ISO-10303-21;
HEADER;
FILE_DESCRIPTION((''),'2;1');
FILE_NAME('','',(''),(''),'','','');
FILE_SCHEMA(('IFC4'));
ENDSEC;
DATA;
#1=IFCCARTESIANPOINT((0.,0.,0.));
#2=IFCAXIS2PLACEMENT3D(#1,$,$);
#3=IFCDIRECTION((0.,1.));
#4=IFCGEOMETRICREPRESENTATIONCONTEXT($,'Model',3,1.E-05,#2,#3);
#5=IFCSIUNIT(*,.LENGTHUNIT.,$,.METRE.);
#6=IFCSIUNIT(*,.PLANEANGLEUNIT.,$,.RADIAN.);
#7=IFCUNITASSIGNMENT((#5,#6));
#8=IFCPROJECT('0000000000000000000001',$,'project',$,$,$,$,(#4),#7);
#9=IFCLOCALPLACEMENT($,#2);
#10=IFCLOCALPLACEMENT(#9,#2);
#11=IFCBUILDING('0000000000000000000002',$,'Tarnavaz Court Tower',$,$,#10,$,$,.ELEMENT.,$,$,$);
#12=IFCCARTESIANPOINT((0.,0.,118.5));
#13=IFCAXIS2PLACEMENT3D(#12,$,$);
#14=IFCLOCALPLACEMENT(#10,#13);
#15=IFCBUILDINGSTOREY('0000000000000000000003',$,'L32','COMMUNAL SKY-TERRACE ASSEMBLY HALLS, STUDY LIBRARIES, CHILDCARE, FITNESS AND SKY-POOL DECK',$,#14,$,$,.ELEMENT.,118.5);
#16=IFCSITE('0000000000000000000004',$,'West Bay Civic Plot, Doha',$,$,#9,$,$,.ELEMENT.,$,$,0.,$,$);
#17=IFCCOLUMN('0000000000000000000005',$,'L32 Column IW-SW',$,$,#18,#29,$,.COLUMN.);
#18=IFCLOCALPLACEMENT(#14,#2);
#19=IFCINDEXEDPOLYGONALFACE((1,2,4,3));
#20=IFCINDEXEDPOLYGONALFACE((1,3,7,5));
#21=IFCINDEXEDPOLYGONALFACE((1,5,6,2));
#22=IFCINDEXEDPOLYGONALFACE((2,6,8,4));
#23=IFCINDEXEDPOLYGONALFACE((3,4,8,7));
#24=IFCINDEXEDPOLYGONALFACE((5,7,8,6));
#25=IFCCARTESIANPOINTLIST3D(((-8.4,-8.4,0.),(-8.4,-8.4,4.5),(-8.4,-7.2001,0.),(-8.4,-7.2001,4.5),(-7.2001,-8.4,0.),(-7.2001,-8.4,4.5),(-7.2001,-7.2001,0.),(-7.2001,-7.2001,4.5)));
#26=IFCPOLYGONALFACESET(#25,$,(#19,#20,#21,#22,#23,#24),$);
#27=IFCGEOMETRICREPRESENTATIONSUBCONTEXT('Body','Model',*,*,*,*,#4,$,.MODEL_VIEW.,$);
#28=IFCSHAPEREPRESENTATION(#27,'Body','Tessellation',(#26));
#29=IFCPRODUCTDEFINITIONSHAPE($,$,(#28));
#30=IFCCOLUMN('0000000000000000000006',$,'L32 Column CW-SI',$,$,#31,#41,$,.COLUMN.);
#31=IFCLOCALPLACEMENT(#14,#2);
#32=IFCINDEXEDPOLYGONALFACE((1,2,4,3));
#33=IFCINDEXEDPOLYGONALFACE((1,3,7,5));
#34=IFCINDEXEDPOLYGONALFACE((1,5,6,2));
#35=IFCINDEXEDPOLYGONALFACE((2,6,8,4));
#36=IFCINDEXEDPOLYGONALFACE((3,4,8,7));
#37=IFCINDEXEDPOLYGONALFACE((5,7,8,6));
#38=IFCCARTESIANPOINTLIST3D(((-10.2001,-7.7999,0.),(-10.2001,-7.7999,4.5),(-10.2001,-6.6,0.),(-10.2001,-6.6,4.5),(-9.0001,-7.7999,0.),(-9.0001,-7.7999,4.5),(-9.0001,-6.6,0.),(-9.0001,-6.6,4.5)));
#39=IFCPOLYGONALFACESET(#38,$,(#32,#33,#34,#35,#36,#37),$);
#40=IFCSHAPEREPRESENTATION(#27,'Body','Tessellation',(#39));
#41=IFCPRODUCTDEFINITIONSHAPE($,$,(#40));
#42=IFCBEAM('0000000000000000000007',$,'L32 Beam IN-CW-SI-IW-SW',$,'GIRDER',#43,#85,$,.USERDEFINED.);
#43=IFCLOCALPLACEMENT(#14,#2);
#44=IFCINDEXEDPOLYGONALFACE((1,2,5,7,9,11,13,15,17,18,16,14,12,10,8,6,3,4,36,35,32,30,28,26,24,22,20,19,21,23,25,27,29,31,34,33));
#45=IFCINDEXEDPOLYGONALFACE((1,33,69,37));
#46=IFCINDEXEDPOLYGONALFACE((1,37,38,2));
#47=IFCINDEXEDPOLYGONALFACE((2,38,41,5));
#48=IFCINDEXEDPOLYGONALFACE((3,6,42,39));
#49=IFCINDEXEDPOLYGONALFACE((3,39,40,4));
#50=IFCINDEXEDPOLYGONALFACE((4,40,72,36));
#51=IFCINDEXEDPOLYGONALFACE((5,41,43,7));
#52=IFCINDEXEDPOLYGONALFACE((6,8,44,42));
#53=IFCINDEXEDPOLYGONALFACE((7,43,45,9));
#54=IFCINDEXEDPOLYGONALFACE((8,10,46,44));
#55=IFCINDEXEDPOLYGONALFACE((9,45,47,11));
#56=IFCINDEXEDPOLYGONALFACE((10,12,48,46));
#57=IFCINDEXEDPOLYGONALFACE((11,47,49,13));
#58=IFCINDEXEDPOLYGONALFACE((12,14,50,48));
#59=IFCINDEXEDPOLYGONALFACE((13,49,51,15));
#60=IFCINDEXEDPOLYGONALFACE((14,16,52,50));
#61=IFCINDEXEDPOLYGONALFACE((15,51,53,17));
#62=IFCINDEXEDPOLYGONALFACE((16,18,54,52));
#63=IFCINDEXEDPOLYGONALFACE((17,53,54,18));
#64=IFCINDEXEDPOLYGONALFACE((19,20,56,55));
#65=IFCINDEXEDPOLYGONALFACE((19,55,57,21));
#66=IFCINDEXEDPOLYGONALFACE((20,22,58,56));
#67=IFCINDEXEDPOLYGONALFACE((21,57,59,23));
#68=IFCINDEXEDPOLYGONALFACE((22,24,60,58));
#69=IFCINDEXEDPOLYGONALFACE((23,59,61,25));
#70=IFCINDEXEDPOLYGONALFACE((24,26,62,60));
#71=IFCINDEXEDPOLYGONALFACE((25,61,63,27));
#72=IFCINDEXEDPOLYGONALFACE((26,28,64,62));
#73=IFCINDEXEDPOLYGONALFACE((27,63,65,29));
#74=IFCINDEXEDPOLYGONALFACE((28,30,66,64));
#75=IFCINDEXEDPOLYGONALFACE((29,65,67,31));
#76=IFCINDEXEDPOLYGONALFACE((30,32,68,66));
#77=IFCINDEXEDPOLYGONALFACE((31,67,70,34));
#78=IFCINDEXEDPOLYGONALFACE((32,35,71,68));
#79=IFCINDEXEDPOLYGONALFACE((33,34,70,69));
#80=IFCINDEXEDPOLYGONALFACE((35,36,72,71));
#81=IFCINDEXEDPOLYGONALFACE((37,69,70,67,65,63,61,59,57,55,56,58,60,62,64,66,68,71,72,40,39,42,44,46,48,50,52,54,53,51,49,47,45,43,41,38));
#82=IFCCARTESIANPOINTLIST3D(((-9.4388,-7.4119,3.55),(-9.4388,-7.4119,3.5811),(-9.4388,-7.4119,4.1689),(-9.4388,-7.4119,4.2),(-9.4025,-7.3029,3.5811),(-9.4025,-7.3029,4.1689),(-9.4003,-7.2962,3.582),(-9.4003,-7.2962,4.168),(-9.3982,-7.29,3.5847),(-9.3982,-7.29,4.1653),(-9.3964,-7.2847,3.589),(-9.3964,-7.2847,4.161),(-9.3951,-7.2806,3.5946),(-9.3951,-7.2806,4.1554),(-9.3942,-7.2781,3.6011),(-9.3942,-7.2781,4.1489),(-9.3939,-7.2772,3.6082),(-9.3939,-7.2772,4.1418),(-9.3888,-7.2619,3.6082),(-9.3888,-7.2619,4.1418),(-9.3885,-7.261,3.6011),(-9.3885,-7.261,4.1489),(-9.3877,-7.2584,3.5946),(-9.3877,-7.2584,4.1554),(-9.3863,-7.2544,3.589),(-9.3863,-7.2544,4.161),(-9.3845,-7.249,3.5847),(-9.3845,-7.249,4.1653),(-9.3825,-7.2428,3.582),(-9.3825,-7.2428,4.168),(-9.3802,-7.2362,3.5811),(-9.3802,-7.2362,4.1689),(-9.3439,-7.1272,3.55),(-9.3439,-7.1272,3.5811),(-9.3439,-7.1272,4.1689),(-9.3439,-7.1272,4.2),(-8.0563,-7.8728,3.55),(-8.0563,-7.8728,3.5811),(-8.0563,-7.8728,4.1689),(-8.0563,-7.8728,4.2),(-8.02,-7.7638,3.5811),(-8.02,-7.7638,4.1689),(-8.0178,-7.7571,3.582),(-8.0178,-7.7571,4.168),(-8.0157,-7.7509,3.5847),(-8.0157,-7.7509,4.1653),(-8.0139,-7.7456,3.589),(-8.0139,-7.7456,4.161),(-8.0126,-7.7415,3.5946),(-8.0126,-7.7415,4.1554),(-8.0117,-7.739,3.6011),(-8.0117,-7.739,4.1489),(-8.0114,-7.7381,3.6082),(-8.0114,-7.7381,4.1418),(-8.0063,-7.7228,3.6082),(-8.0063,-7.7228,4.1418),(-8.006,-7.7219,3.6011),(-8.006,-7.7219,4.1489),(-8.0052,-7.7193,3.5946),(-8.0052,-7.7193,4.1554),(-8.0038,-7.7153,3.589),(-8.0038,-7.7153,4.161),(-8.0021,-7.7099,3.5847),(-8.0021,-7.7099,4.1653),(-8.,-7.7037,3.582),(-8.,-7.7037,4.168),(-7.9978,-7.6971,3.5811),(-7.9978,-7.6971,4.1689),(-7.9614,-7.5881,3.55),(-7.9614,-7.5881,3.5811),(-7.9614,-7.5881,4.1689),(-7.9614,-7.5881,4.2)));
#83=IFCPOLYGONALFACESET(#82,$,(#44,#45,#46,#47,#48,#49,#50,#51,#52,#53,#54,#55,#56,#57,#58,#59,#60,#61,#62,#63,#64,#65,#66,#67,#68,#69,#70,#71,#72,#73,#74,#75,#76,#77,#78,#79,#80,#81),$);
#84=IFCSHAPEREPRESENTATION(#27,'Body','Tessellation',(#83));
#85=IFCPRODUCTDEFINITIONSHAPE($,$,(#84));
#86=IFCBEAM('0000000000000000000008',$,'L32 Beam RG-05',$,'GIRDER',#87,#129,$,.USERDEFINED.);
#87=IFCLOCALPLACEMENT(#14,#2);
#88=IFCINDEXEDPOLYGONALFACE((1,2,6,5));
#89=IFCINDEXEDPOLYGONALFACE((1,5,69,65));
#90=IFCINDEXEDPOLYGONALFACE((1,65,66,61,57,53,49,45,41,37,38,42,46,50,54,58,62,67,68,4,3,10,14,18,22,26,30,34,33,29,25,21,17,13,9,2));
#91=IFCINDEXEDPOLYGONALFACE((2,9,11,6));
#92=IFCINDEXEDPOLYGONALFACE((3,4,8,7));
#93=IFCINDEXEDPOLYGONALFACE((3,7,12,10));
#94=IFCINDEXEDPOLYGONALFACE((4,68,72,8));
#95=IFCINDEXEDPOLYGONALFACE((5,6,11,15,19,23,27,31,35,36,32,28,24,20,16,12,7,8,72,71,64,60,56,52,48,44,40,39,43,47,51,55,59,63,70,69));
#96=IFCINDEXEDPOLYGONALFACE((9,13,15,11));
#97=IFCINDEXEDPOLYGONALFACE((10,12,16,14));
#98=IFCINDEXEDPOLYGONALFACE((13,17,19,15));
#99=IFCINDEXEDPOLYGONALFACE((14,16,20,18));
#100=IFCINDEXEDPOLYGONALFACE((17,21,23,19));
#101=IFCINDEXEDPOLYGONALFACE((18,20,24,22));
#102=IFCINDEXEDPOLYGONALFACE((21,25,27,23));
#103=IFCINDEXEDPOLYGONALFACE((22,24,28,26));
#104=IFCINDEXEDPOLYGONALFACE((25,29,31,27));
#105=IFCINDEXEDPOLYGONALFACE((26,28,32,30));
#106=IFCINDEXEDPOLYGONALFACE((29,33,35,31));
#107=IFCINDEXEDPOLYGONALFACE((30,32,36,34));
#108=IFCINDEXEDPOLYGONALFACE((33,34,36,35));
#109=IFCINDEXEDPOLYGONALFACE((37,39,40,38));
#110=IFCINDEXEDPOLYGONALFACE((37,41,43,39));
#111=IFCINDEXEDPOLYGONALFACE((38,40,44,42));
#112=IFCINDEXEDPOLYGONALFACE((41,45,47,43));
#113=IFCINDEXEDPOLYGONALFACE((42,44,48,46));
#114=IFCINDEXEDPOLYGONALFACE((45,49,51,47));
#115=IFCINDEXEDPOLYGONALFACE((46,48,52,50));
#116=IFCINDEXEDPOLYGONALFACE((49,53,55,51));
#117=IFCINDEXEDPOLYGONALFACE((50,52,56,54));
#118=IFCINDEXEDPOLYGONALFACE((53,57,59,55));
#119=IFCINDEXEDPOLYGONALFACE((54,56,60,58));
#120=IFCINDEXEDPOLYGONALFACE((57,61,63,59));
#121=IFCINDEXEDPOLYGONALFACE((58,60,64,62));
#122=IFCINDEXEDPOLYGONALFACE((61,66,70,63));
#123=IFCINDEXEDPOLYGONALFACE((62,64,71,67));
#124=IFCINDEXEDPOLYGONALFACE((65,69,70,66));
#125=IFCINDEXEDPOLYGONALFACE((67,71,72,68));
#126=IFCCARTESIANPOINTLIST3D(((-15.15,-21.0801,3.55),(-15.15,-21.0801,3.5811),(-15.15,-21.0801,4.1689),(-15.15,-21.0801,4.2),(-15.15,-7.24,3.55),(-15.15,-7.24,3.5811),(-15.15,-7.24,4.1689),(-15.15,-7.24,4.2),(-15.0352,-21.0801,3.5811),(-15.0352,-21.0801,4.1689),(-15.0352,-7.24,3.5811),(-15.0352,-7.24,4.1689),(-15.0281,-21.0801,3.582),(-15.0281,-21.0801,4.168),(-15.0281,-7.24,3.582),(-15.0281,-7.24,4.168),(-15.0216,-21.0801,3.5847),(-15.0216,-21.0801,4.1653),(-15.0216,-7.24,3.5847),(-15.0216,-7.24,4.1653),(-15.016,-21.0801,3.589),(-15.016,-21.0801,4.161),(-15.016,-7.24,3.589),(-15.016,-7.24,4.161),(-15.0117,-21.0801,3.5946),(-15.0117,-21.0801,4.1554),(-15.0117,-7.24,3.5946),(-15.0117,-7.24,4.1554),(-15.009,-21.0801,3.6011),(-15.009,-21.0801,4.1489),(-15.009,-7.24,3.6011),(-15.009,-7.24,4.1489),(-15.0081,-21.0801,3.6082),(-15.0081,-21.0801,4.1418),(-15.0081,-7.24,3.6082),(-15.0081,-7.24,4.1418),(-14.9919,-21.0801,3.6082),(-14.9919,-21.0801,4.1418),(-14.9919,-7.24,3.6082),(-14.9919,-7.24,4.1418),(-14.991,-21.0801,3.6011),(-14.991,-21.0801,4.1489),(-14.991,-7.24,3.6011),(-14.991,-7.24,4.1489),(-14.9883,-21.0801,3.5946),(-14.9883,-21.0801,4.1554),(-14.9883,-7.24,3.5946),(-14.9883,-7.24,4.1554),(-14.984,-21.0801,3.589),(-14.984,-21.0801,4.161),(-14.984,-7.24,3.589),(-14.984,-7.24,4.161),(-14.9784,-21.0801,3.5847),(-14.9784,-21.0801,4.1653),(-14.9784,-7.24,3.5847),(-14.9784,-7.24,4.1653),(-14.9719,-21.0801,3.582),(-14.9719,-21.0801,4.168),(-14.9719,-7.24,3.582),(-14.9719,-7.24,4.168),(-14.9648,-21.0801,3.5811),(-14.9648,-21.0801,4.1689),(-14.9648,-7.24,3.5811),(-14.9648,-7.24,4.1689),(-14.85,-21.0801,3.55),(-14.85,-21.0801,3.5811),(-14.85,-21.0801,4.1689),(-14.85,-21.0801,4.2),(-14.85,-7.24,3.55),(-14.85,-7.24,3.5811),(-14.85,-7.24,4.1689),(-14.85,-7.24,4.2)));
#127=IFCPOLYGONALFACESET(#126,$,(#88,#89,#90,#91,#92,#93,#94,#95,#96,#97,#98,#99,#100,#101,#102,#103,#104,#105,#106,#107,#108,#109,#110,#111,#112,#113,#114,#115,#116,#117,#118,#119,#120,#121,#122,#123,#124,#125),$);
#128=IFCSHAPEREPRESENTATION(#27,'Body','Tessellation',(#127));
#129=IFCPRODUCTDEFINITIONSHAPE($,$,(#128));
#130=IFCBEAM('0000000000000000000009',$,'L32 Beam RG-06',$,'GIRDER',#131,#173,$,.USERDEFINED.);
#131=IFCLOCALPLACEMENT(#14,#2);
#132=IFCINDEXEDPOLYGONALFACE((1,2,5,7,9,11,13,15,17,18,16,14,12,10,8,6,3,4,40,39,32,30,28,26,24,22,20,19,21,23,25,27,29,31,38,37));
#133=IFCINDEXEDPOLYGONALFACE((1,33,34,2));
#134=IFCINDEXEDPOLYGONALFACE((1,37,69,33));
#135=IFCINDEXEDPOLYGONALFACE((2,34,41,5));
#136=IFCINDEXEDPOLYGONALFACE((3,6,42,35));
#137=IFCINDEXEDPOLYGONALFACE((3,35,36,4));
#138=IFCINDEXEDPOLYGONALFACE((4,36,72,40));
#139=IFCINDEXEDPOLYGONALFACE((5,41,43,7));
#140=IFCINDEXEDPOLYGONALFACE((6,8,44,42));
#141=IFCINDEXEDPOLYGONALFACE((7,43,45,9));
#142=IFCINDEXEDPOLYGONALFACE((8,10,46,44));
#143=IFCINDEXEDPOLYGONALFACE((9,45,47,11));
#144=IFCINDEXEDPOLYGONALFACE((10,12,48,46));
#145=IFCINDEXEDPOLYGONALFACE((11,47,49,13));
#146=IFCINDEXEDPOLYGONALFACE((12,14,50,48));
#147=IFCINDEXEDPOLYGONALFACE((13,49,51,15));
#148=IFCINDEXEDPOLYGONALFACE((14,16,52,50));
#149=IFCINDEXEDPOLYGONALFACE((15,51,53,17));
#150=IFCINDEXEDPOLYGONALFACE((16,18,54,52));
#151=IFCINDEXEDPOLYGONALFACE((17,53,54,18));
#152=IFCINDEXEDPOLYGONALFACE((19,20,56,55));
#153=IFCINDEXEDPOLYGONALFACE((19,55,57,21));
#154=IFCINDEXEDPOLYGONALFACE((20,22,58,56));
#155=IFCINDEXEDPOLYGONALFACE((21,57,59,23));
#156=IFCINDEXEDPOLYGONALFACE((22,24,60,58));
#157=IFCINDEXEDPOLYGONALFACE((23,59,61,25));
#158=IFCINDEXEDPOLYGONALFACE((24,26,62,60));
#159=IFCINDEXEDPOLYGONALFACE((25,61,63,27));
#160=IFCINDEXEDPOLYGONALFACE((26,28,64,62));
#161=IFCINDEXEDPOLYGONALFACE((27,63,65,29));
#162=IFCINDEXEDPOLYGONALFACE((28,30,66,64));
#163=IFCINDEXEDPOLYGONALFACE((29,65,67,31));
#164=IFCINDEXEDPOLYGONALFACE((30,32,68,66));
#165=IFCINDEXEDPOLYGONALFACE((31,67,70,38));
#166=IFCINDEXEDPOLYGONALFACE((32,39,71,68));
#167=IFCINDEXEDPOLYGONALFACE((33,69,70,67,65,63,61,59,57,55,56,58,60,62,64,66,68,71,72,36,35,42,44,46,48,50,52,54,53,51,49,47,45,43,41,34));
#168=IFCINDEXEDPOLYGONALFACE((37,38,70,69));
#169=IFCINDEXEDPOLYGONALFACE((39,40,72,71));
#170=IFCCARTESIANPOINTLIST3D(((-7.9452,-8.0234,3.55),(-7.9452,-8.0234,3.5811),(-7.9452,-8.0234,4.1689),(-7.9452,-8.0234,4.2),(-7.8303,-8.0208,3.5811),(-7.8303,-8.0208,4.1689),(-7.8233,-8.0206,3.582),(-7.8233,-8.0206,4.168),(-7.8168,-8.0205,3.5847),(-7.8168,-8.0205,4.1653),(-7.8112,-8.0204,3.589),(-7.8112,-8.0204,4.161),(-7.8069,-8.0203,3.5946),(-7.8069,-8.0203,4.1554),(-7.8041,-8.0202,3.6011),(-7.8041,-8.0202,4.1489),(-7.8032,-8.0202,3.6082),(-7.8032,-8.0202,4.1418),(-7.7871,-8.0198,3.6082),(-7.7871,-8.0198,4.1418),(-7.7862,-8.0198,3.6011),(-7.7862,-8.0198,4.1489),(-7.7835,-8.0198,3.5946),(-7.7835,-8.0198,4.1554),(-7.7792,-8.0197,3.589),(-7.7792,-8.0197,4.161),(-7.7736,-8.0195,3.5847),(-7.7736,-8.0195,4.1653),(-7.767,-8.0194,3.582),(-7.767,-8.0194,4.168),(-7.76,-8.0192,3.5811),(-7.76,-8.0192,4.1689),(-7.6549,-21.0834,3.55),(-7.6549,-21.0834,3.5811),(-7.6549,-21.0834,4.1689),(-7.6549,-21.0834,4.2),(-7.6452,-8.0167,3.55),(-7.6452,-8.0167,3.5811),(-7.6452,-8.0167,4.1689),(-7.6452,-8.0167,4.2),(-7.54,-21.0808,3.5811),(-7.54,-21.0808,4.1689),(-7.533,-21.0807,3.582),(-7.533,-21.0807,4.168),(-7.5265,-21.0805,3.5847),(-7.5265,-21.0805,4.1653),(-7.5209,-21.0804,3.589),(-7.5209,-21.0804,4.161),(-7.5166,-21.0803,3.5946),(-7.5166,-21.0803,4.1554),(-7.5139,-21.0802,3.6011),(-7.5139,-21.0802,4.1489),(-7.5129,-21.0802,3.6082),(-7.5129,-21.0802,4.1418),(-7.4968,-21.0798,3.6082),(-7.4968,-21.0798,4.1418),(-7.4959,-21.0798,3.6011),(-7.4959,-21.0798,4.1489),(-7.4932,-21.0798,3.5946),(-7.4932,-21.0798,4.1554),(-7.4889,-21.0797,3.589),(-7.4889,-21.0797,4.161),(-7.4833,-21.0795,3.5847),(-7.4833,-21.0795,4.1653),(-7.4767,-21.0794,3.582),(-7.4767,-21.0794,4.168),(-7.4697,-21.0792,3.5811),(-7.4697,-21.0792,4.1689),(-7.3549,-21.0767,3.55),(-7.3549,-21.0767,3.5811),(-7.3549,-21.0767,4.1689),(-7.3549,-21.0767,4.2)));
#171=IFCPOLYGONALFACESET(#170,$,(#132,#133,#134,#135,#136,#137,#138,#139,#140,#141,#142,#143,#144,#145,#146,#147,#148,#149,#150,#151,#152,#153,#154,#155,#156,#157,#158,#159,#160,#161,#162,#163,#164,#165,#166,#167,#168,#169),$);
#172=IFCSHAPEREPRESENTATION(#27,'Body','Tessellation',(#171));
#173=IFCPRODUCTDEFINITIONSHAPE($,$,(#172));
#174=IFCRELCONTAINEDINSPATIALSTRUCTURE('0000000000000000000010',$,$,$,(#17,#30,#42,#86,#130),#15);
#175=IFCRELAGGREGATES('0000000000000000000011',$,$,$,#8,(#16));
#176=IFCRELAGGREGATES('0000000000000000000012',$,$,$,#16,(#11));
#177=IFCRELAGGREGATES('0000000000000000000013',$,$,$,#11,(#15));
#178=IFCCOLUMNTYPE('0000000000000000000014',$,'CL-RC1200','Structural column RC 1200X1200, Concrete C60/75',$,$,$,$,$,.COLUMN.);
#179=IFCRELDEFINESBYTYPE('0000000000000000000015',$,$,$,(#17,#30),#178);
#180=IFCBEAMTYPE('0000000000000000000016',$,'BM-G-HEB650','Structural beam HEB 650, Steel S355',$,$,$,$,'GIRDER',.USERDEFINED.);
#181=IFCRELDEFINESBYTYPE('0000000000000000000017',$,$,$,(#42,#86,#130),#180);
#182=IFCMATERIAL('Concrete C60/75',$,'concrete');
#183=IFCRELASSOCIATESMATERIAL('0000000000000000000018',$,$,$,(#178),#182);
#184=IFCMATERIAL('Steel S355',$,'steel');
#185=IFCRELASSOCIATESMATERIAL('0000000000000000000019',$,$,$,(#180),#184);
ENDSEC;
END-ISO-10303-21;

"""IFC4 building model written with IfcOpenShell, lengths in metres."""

from ifc_helpers import new_model, si_unit, direction, frame, origin, origin_2d, place, context, subcontext, project, spatial, rectangle, i_section, extrude, material, material_profile, profile_set, type_object, element, save


model = new_model("IFC4")

# Units and contexts
model_context = context("Model", 3, precision=1e-05, world=origin(), true_north=direction((0.0, 1.0)))
body_context = subcontext(model_context, "Body", "Model", "MODEL_VIEW")
ifc_project = project(units=[si_unit("LENGTHUNIT", "METRE"), si_unit("PLANEANGLEUNIT", "RADIAN")], contexts=[model_context])

# Site, building, storey
site_placement = place(None, origin())
site = spatial("IfcSite", under=ifc_project, at=site_placement, Name="West Bay Civic Plot, Doha", CompositionType="ELEMENT", RefElevation=0.0)
building_placement = place(site_placement, origin())
building = spatial("IfcBuilding", under=site, at=building_placement, Name="Tarnavaz Court Tower", CompositionType="ELEMENT")
storey_placement = place(building_placement, frame((0.0, 0.0, 118.5)))
storey = spatial("IfcBuildingStorey", under=building, at=storey_placement, Name="L32", Description="COMMUNAL SKY-TERRACE ASSEMBLY HALLS, STUDY LIBRARIES, CHILDCARE, FITNESS AND SKY-POOL DECK", CompositionType="ELEMENT", Elevation=118.5)

# Columns
ifc_material_1 = material(Name="Concrete C60/75", Category="concrete")
ifc_material_profile_1 = material_profile(ifc_material_1, rectangle(XDim=1.2, YDim=1.2, at=origin_2d()), Name="RC 1200X1200")
ifc_profile_set_1 = profile_set([ifc_material_profile_1], Name="Concrete C60/75")
column_type = type_object("IfcColumnType", Name="CL-RC1200", Description="Structural column RC 1200X1200, Concrete C60/75", PredefinedType="COLUMN", material=ifc_profile_set_1)
for number, where, z_axis, x_axis, name in (
    (1, (-7.8, -7.8, 0.0), (0.0, 0.0, 1.0), (1.0, 0.0, 0.0), "L32 Column IW-SW"),
    (2, (-9.6001, -7.2, 0.0), (0.0, 0.0, 1.0), (1.0, 0.0, 0.0), "L32 Column CW-SI"),
):
    element("IfcColumn", number, at=place(storey_placement, frame(where, z_axis=z_axis, x_axis=x_axis)), inside=storey, type_object=column_type, Name=name, PredefinedType="COLUMN", context=body_context, shape_type="SweptSolid", body=[
        extrude(rectangle(XDim=1.2, YDim=1.2, at=origin_2d()), origin(), (0.0, 0.0, 1.0), 4.5),
    ])

# Beams
ifc_material_2 = material(Name="Steel S355", Category="steel")
ifc_material_profile_2 = material_profile(ifc_material_2, i_section(OverallWidth=0.3, OverallDepth=0.6499, WebThickness=0.0161, FlangeThickness=0.031, FilletRadius=0.0271, at=origin_2d()), Name="HEB 650")
ifc_profile_set_2 = profile_set([ifc_material_profile_2], Name="Steel S355")
beam_type_1 = type_object("IfcBeamType", Name="BM-G-HEB650", Description="Structural beam HEB 650, Steel S355", ElementType="GIRDER", PredefinedType="USERDEFINED", material=ifc_profile_set_2)
beam_1_placement = place(storey_placement, frame((-9.3914, -7.2695, 3.875), z_axis=(0.948667, -0.316278, 0.0), x_axis=(0.316278, 0.948667, 0.0)))
element("IfcBeam", 3, at=beam_1_placement, inside=storey, type_object=beam_type_1, Name="L32 Beam IN-CW-SI-IW-SW", ObjectType="GIRDER", PredefinedType="USERDEFINED", context=body_context, shape_type="SweptSolid", body=[
    extrude(i_section(OverallWidth=0.3, OverallDepth=0.6499, WebThickness=0.0161, FlangeThickness=0.031, FilletRadius=0.0271, at=origin_2d()), origin(), (0.0, 0.0, 1.0), 1.4573),
])
beam_2_placement = place(storey_placement, frame((-15.0, -7.24, 3.875), z_axis=(0.0, -1.0, 0.0), x_axis=(1.0, 0.0, 0.0)))
element("IfcBeam", 4, at=beam_2_placement, inside=storey, type_object=beam_type_1, Name="L32 Beam RG-05", ObjectType="GIRDER", PredefinedType="USERDEFINED", context=body_context, shape_type="SweptSolid", body=[
    extrude(i_section(OverallWidth=0.3, OverallDepth=0.6499, WebThickness=0.0161, FlangeThickness=0.031, FilletRadius=0.0271, at=origin_2d()), origin(), (0.0, 0.0, 1.0), 13.8401),
])
beam_3_placement = place(storey_placement, frame((-7.7952, -8.02, 3.875), z_axis=(0.022221, -0.999753, 0.0), x_axis=(0.999753, 0.022221, 0.0)))
element("IfcBeam", 5, at=beam_3_placement, inside=storey, type_object=beam_type_1, Name="L32 Beam RG-06", ObjectType="GIRDER", PredefinedType="USERDEFINED", context=body_context, shape_type="SweptSolid", body=[
    extrude(i_section(OverallWidth=0.3, OverallDepth=0.6499, WebThickness=0.0161, FlangeThickness=0.031, FilletRadius=0.0271, at=origin_2d()), origin(), (0.0, 0.0, 1.0), 13.0632),
])

save(model, "model.ifc")
